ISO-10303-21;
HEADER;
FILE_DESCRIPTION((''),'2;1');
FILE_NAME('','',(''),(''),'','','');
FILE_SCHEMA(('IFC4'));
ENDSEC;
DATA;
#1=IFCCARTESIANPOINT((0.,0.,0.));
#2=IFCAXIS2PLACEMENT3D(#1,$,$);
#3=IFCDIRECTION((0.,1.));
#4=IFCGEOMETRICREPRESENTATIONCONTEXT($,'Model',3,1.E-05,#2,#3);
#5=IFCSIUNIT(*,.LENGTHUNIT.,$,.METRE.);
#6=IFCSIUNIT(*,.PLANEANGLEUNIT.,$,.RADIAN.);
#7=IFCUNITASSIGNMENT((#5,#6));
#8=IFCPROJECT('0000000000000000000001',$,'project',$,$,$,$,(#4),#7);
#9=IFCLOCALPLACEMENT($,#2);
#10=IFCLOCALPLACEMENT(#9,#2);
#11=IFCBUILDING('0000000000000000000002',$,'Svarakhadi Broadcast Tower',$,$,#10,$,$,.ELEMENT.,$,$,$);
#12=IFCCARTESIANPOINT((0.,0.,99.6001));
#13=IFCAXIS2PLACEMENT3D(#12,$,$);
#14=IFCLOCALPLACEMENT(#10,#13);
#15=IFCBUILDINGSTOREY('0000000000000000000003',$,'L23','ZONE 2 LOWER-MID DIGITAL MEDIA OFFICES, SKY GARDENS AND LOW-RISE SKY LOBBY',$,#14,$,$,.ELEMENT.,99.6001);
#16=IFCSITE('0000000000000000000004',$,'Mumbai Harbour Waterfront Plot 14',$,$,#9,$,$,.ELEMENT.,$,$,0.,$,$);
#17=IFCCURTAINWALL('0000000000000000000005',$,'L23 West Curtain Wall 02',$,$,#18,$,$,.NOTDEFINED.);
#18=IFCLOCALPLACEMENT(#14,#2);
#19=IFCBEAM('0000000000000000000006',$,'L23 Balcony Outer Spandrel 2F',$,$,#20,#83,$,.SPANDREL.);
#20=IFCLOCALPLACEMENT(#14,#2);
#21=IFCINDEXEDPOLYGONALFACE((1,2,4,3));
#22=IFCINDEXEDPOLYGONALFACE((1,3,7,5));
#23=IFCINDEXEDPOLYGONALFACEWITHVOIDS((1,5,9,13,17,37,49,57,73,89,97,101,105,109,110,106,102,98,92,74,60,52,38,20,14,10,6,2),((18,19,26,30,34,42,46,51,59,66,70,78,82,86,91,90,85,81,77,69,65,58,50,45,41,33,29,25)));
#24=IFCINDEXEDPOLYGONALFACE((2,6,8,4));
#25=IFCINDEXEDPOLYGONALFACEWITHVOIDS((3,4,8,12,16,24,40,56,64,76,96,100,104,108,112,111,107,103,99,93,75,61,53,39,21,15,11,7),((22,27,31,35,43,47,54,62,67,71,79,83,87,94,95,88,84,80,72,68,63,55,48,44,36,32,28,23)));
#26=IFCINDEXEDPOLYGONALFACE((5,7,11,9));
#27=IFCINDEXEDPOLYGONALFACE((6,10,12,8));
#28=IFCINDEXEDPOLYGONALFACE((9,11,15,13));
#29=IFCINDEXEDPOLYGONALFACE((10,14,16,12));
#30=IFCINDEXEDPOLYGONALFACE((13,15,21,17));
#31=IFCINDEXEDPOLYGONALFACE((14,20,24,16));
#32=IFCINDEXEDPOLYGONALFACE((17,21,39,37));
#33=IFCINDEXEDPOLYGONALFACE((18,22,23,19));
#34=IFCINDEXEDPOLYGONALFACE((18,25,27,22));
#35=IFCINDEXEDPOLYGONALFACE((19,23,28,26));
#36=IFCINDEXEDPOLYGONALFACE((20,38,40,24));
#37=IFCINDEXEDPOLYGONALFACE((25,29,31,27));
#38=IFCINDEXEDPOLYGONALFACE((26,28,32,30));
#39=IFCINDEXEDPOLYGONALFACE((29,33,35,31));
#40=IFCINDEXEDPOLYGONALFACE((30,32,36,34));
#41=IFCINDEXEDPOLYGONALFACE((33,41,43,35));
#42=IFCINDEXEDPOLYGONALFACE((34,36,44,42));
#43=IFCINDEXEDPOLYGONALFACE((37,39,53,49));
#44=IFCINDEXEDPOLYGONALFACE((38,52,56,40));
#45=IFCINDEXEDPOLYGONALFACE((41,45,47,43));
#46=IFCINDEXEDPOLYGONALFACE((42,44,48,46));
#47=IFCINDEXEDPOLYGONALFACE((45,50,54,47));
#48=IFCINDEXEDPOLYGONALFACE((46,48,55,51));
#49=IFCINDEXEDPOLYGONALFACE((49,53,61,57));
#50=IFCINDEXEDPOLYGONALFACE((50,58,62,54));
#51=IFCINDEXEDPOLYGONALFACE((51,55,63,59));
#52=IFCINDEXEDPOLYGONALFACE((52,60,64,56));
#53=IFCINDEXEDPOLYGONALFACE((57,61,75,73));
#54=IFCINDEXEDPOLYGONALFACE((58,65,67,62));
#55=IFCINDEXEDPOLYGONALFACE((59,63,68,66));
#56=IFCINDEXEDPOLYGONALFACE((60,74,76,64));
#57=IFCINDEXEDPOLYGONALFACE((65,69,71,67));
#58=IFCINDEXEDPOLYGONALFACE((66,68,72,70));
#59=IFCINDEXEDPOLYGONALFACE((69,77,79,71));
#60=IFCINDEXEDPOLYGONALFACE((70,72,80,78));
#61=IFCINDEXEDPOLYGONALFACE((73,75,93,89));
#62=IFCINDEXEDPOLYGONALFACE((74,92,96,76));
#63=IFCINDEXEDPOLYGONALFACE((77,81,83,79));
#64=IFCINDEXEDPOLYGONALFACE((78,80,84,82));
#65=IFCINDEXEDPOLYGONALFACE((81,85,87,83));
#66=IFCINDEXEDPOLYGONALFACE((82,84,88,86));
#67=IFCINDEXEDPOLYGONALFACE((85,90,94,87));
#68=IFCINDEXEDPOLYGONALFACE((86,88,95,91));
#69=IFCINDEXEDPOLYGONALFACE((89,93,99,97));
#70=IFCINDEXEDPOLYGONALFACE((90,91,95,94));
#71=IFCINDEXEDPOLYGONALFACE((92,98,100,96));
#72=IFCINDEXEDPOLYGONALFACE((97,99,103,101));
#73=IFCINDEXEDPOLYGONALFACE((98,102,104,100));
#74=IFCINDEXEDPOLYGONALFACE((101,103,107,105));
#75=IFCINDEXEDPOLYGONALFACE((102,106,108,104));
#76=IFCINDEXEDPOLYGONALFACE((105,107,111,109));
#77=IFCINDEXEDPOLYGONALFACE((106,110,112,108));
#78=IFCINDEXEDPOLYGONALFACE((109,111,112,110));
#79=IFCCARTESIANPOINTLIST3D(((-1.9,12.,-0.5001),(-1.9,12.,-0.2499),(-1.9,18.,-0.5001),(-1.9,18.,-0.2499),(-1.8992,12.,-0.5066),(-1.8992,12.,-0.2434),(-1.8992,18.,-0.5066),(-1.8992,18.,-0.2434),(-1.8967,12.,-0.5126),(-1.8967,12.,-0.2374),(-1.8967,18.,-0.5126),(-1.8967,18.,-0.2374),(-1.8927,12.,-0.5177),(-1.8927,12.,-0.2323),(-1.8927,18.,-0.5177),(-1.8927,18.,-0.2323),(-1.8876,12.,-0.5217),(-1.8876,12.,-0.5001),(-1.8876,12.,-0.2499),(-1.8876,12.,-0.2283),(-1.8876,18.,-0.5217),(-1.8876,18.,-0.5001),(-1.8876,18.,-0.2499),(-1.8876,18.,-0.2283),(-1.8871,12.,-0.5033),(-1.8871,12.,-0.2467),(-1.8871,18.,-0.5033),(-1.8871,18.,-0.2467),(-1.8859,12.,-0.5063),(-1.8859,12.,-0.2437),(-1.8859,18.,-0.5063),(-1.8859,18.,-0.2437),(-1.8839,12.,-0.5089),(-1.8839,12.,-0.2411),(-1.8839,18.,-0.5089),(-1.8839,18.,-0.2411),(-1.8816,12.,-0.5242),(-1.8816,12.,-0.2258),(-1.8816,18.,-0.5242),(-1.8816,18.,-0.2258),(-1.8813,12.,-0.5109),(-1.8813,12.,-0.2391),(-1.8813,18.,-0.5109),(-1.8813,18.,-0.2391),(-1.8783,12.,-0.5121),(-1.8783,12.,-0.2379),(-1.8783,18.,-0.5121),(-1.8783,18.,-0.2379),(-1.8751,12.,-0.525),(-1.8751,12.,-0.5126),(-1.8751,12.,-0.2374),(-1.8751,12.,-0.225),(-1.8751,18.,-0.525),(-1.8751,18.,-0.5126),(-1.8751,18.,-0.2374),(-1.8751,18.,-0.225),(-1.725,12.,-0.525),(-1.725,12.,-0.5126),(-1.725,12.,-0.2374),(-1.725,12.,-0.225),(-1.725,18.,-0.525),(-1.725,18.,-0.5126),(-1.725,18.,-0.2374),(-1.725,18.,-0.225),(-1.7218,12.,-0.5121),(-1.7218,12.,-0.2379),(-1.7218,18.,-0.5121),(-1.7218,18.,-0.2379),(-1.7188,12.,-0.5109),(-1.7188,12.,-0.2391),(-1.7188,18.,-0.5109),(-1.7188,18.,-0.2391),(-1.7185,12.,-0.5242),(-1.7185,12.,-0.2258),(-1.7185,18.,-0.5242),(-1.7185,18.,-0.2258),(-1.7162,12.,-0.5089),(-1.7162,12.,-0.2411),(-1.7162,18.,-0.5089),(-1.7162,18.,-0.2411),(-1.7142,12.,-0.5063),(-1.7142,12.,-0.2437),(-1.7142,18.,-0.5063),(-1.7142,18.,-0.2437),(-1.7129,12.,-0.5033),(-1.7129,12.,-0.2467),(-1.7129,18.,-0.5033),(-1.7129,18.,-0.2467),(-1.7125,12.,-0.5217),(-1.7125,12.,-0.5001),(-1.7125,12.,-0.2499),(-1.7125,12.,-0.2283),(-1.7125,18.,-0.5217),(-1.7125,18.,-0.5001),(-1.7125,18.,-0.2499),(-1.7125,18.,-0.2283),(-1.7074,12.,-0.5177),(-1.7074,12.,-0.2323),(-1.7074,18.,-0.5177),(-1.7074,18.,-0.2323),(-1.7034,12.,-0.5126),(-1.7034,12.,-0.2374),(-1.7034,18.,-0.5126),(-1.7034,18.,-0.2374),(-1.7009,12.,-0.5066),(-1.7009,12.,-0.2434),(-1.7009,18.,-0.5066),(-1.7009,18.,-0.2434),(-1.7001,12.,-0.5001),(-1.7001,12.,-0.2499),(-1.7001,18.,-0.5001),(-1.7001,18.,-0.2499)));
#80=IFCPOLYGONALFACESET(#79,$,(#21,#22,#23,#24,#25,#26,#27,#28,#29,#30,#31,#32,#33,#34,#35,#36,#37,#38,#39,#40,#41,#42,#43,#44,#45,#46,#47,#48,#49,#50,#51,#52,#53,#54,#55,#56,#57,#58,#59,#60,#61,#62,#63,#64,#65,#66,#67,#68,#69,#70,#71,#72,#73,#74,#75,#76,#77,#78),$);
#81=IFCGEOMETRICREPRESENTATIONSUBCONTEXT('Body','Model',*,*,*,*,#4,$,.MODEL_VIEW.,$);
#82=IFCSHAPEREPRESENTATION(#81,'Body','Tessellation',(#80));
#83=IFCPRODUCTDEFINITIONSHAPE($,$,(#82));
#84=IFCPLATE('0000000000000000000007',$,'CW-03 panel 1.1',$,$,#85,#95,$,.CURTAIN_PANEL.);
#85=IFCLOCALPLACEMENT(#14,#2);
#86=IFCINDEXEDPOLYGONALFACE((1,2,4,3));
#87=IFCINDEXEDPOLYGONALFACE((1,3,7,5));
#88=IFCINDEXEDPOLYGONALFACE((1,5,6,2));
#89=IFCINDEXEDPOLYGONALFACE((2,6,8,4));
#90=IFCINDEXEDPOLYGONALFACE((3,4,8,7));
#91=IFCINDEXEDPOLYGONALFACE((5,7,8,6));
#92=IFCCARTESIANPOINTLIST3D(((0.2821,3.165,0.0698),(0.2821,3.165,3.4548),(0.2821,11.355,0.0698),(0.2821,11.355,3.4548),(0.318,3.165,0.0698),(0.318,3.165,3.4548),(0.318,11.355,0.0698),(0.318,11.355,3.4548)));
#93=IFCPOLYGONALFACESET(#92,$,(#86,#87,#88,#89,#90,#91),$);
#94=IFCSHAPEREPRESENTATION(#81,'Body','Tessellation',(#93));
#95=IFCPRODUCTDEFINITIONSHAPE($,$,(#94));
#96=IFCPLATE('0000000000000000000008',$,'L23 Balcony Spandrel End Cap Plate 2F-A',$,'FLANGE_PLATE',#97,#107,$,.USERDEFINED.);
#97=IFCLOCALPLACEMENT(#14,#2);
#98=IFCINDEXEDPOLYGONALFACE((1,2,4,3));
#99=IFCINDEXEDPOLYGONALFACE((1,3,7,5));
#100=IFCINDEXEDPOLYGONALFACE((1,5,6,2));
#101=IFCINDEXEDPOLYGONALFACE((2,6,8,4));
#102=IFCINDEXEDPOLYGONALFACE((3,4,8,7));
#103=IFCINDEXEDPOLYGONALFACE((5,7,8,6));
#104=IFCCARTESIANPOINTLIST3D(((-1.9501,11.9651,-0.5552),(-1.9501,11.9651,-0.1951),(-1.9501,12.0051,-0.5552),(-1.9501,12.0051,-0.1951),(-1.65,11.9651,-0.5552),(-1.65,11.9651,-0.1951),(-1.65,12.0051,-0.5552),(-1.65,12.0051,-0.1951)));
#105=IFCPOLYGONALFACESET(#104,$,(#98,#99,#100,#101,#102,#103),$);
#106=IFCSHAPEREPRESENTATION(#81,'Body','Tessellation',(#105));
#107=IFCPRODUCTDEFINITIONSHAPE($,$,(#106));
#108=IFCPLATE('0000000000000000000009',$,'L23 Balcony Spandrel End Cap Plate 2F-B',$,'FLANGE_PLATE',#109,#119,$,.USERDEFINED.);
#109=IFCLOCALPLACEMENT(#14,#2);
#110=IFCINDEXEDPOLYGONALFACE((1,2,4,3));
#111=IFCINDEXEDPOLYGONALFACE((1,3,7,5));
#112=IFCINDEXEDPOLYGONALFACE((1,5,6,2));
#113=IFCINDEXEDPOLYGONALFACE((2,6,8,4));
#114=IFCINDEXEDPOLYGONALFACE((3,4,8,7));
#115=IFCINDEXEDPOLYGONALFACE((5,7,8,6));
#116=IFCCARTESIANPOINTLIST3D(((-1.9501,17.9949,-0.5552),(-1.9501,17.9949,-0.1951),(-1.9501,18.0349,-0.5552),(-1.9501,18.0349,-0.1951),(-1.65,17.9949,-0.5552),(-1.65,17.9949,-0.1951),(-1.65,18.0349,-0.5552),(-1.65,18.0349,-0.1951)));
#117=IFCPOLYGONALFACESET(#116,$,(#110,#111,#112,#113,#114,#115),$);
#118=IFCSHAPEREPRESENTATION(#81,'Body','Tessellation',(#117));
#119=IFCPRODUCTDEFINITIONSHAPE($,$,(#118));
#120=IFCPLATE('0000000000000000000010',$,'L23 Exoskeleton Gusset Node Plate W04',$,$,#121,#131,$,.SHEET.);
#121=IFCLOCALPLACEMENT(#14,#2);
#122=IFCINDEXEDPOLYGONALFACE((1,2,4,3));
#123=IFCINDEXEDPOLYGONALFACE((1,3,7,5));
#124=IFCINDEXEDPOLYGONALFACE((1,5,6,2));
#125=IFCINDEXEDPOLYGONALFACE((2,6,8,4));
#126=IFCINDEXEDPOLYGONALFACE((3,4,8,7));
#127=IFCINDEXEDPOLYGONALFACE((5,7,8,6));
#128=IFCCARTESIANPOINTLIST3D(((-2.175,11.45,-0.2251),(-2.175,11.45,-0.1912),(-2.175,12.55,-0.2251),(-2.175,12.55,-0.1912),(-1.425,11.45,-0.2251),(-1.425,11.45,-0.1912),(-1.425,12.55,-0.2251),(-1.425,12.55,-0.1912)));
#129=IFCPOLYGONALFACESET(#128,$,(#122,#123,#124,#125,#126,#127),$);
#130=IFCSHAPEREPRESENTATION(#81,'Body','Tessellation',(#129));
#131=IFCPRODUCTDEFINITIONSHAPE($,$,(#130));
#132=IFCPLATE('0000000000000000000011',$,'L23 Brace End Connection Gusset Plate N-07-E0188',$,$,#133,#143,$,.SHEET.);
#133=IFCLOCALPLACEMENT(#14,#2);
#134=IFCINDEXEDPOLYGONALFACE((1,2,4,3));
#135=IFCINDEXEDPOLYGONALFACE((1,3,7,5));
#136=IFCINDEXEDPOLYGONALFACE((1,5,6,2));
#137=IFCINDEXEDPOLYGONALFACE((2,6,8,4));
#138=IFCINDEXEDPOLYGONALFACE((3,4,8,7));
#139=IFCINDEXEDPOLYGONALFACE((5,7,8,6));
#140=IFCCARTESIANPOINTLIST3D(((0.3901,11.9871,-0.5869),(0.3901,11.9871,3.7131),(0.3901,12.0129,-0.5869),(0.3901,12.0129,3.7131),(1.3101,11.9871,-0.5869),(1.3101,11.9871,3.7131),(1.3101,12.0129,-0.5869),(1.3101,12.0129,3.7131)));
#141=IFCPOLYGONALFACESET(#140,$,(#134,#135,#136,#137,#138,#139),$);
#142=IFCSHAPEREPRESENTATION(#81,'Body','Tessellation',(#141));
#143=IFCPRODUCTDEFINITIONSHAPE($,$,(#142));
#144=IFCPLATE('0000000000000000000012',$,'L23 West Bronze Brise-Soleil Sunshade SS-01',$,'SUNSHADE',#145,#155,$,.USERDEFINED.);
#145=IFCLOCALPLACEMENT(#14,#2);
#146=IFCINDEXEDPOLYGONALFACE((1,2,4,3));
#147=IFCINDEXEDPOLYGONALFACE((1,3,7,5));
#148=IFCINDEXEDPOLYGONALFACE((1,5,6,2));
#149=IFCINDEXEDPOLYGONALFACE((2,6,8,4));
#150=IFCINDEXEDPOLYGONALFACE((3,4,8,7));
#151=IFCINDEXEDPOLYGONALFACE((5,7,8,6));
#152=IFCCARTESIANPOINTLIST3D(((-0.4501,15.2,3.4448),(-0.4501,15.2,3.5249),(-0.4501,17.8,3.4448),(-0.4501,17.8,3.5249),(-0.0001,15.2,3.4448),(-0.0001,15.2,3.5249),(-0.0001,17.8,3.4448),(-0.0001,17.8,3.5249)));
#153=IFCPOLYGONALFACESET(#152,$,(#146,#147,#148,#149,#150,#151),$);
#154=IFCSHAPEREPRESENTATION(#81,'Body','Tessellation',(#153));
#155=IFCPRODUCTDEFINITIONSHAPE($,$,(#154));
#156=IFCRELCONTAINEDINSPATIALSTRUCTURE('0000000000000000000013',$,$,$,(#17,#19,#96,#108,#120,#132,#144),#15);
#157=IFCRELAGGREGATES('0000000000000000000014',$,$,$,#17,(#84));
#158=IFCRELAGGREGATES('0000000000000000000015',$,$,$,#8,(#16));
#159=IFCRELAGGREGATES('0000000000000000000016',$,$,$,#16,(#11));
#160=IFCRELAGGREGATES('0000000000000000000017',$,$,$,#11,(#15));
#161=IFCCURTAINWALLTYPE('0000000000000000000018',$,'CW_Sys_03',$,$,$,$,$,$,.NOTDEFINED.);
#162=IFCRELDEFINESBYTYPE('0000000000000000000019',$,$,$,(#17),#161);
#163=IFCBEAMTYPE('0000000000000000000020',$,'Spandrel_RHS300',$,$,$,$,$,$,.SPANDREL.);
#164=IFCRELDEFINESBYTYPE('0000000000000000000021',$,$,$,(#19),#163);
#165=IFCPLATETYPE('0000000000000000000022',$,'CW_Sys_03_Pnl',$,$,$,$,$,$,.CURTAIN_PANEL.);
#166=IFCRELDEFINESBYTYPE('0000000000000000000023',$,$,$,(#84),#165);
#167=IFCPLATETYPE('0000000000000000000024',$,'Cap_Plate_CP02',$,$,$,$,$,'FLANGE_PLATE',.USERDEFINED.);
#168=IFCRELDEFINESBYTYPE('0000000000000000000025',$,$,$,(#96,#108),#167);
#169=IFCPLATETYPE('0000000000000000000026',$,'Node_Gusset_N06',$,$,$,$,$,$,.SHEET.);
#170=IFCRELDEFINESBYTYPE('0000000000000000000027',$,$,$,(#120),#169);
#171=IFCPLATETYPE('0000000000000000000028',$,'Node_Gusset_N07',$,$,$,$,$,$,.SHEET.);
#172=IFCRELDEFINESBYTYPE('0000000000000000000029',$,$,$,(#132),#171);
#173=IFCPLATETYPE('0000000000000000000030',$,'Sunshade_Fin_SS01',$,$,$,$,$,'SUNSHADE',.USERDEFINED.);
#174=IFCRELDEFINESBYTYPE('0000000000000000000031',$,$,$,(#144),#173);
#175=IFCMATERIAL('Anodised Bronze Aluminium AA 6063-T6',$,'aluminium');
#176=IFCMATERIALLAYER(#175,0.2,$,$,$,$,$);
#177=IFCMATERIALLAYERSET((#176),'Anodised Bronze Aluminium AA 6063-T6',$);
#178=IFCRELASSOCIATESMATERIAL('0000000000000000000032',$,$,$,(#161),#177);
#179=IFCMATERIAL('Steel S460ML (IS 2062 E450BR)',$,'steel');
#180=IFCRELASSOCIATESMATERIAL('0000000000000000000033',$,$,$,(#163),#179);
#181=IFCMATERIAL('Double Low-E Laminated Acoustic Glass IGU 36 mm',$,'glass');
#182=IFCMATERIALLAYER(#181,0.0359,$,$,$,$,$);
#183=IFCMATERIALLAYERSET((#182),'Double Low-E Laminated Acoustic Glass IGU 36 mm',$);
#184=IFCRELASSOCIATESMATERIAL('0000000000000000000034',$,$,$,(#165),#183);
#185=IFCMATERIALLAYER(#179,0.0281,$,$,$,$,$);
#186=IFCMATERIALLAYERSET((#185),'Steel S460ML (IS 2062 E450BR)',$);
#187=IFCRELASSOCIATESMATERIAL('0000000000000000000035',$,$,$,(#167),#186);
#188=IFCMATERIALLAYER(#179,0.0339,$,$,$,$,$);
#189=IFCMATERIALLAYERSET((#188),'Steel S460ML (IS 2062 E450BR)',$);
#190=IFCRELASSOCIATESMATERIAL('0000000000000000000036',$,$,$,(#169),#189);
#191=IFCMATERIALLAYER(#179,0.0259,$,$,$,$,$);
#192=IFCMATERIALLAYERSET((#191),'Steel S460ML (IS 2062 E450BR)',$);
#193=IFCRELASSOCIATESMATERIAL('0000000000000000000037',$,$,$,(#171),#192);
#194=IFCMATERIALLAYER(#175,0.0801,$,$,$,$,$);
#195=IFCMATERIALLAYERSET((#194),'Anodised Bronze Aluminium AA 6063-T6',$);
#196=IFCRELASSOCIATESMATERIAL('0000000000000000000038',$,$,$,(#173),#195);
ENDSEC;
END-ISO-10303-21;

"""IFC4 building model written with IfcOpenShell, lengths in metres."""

from ifc_helpers import new_model, si_unit, direction, frame, origin, origin_2d, place, context, subcontext, project, spatial, rectangle, hollow_rectangle, extrude, material, layer, layer_set, material_profile, profile_set, type_object, element, aggregate, save


model = new_model("IFC4")

# Units and contexts
model_context = context("Model", 3, precision=1e-05, world=origin(), true_north=direction((0.0, 1.0)))
body_context = subcontext(model_context, "Body", "Model", "MODEL_VIEW")
ifc_project = project(units=[si_unit("LENGTHUNIT", "METRE"), si_unit("PLANEANGLEUNIT", "RADIAN")], contexts=[model_context])

# Site, building, storey
site_placement = place(None, origin())
site = spatial("IfcSite", under=ifc_project, at=site_placement, Name="Mumbai Harbour Waterfront Plot 14", CompositionType="ELEMENT", RefElevation=0.0)
building_placement = place(site_placement, origin())
building = spatial("IfcBuilding", under=site, at=building_placement, Name="Svarakhadi Broadcast Tower", CompositionType="ELEMENT")
storey_placement = place(building_placement, frame((0.0, 0.0, 99.6001)))
storey = spatial("IfcBuildingStorey", under=building, at=storey_placement, Name="L23", Description="ZONE 2 LOWER-MID DIGITAL MEDIA OFFICES, SKY GARDENS AND LOW-RISE SKY LOBBY", CompositionType="ELEMENT", Elevation=99.6001)

# Shared definitions
ifc_material_1 = material(Name="Steel S460ML (IS 2062 E450BR)", Category="steel")

# Curtain wall
ifc_material_2 = material(Name="Anodised Bronze Aluminium AA 6063-T6", Category="aluminium")
ifc_layer_1 = layer(ifc_material_2, 0.2)
ifc_layer_set_1 = layer_set([ifc_layer_1], Name="Anodised Bronze Aluminium AA 6063-T6")
curtain_wall_type = type_object("IfcCurtainWallType", Name="CW_Sys_03", PredefinedType="NOTDEFINED", material=ifc_layer_set_1)
curtain_wall_placement = place(storey_placement, origin())
curtain_wall = element("IfcCurtainWall", 1, at=curtain_wall_placement, inside=storey, type_object=curtain_wall_type, Name="L23 West Curtain Wall 02", PredefinedType="NOTDEFINED")

# Beam
ifc_material_profile_1 = material_profile(ifc_material_1, hollow_rectangle(XDim=0.2, YDim=0.3, WallThickness=0.0125, InnerFilletRadius=0.0125, OuterFilletRadius=0.0249, at=origin_2d()), Name="RHS 300x200x12.5")
ifc_profile_set_1 = profile_set([ifc_material_profile_1], Name="Steel S460ML (IS 2062 E450BR)")
beam_type_1 = type_object("IfcBeamType", Name="Spandrel_RHS300", PredefinedType="SPANDREL", material=ifc_profile_set_1)
beam_1_placement = place(storey_placement, frame((-1.8, 12.0, -0.375), z_axis=(0.0, 1.0, 0.0), x_axis=(-1.0, 0.0, 0.0)))
element("IfcBeam", 2, at=beam_1_placement, inside=storey, type_object=beam_type_1, Name="L23 Balcony Outer Spandrel 2F", PredefinedType="SPANDREL", context=body_context, shape_type="SweptSolid", body=[
    extrude(hollow_rectangle(XDim=0.2, YDim=0.3, WallThickness=0.0125, InnerFilletRadius=0.0125, OuterFilletRadius=0.0249, at=origin_2d()), origin(), (0.0, 0.0, 1.0), 6.0),
])

# Plate
ifc_material_3 = material(Name="Double Low-E Laminated Acoustic Glass IGU 36 mm", Category="glass")
ifc_layer_2 = layer(ifc_material_3, 0.0359)
ifc_layer_set_2 = layer_set([ifc_layer_2], Name="Double Low-E Laminated Acoustic Glass IGU 36 mm")
plate_type_1 = type_object("IfcPlateType", Name="CW_Sys_03_Pnl", PredefinedType="CURTAIN_PANEL", material=ifc_layer_set_2)
plate_1_placement = place(storey_placement, frame((0.3, 7.26, 0.0698), z_axis=(0.0, 0.0, 1.0), x_axis=(0.0, 1.0, 0.0)))
plate_1 = element("IfcPlate", 3, at=plate_1_placement, type_object=plate_type_1, Name="CW-03 panel 1.1", PredefinedType="CURTAIN_PANEL", context=body_context, shape_type="SweptSolid", body=[
    extrude(rectangle(XDim=8.1899, YDim=0.0359, at=origin_2d()), origin(), (0.0, 0.0, 1.0), 3.385),
])
aggregate(curtain_wall, [plate_1])

# Plates
ifc_layer_3 = layer(ifc_material_1, 0.0281)
ifc_layer_set_3 = layer_set([ifc_layer_3], Name="Steel S460ML (IS 2062 E450BR)")
plate_type_2 = type_object("IfcPlateType", Name="Cap_Plate_CP02", ElementType="FLANGE_PLATE", PredefinedType="USERDEFINED", material=ifc_layer_set_3)
for number, where, z_axis, x_axis, name in (
    (4, (-1.8, 11.9851, -0.5552), (0.0, 0.0, 1.0), (1.0, 0.0, 0.0), "L23 Balcony Spandrel End Cap Plate 2F-A"),
    (5, (-1.8, 18.0149, -0.5552), (0.0, 0.0, 1.0), (1.0, 0.0, 0.0), "L23 Balcony Spandrel End Cap Plate 2F-B"),
):
    element("IfcPlate", number, at=place(storey_placement, frame(where, z_axis=z_axis, x_axis=x_axis)), inside=storey, type_object=plate_type_2, Name=name, ObjectType="FLANGE_PLATE", PredefinedType="USERDEFINED", context=body_context, shape_type="SweptSolid", body=[
        extrude(rectangle(XDim=0.3, YDim=0.04, at=origin_2d()), origin(), (0.0, 0.0, 1.0), 0.3601),
    ])
ifc_layer_4 = layer(ifc_material_1, 0.0339)
ifc_layer_set_4 = layer_set([ifc_layer_4], Name="Steel S460ML (IS 2062 E450BR)")
plate_type_3 = type_object("IfcPlateType", Name="Node_Gusset_N06", PredefinedType="SHEET", material=ifc_layer_set_4)
plate_2_placement = place(storey_placement, frame((-1.8, 12.0, -0.2251), z_axis=(0.0, 0.0, 1.0), x_axis=(0.0, 1.0, 0.0)))
element("IfcPlate", 6, at=plate_2_placement, inside=storey, type_object=plate_type_3, Name="L23 Exoskeleton Gusset Node Plate W04", PredefinedType="SHEET", context=body_context, shape_type="SweptSolid", body=[
    extrude(rectangle(XDim=1.1001, YDim=0.75, at=origin_2d()), origin(), (0.0, 0.0, 1.0), 0.0339),
])
ifc_layer_5 = layer(ifc_material_1, 0.0259)
ifc_layer_set_5 = layer_set([ifc_layer_5], Name="Steel S460ML (IS 2062 E450BR)")
plate_type_4 = type_object("IfcPlateType", Name="Node_Gusset_N07", PredefinedType="SHEET", material=ifc_layer_set_5)
plate_3_placement = place(storey_placement, frame((0.8501, 12.0, -0.5869), z_axis=(0.0, 0.0, 1.0), x_axis=(1.0, 0.0, 0.0)))
element("IfcPlate", 7, at=plate_3_placement, inside=storey, type_object=plate_type_4, Name="L23 Brace End Connection Gusset Plate N-07-E0188", PredefinedType="SHEET", context=body_context, shape_type="SweptSolid", body=[
    extrude(rectangle(XDim=0.9199, YDim=0.0259, at=origin_2d()), origin(), (0.0, 0.0, 1.0), 4.3),
])
ifc_layer_6 = layer(ifc_material_2, 0.0801)
ifc_layer_set_6 = layer_set([ifc_layer_6], Name="Anodised Bronze Aluminium AA 6063-T6")
plate_type_5 = type_object("IfcPlateType", Name="Sunshade_Fin_SS01", ElementType="SUNSHADE", PredefinedType="USERDEFINED", material=ifc_layer_set_6)
plate_4_placement = place(storey_placement, frame((-0.2251, 16.5, 3.4448), z_axis=(0.0, 0.0, 1.0), x_axis=(0.0, 1.0, 0.0)))
element("IfcPlate", 8, at=plate_4_placement, inside=storey, type_object=plate_type_5, Name="L23 West Bronze Brise-Soleil Sunshade SS-01", ObjectType="SUNSHADE", PredefinedType="USERDEFINED", context=body_context, shape_type="SweptSolid", body=[
    extrude(rectangle(XDim=2.6001, YDim=0.45, at=origin_2d()), origin(), (0.0, 0.0, 1.0), 0.0801),
])

save(model, "model.ifc")
